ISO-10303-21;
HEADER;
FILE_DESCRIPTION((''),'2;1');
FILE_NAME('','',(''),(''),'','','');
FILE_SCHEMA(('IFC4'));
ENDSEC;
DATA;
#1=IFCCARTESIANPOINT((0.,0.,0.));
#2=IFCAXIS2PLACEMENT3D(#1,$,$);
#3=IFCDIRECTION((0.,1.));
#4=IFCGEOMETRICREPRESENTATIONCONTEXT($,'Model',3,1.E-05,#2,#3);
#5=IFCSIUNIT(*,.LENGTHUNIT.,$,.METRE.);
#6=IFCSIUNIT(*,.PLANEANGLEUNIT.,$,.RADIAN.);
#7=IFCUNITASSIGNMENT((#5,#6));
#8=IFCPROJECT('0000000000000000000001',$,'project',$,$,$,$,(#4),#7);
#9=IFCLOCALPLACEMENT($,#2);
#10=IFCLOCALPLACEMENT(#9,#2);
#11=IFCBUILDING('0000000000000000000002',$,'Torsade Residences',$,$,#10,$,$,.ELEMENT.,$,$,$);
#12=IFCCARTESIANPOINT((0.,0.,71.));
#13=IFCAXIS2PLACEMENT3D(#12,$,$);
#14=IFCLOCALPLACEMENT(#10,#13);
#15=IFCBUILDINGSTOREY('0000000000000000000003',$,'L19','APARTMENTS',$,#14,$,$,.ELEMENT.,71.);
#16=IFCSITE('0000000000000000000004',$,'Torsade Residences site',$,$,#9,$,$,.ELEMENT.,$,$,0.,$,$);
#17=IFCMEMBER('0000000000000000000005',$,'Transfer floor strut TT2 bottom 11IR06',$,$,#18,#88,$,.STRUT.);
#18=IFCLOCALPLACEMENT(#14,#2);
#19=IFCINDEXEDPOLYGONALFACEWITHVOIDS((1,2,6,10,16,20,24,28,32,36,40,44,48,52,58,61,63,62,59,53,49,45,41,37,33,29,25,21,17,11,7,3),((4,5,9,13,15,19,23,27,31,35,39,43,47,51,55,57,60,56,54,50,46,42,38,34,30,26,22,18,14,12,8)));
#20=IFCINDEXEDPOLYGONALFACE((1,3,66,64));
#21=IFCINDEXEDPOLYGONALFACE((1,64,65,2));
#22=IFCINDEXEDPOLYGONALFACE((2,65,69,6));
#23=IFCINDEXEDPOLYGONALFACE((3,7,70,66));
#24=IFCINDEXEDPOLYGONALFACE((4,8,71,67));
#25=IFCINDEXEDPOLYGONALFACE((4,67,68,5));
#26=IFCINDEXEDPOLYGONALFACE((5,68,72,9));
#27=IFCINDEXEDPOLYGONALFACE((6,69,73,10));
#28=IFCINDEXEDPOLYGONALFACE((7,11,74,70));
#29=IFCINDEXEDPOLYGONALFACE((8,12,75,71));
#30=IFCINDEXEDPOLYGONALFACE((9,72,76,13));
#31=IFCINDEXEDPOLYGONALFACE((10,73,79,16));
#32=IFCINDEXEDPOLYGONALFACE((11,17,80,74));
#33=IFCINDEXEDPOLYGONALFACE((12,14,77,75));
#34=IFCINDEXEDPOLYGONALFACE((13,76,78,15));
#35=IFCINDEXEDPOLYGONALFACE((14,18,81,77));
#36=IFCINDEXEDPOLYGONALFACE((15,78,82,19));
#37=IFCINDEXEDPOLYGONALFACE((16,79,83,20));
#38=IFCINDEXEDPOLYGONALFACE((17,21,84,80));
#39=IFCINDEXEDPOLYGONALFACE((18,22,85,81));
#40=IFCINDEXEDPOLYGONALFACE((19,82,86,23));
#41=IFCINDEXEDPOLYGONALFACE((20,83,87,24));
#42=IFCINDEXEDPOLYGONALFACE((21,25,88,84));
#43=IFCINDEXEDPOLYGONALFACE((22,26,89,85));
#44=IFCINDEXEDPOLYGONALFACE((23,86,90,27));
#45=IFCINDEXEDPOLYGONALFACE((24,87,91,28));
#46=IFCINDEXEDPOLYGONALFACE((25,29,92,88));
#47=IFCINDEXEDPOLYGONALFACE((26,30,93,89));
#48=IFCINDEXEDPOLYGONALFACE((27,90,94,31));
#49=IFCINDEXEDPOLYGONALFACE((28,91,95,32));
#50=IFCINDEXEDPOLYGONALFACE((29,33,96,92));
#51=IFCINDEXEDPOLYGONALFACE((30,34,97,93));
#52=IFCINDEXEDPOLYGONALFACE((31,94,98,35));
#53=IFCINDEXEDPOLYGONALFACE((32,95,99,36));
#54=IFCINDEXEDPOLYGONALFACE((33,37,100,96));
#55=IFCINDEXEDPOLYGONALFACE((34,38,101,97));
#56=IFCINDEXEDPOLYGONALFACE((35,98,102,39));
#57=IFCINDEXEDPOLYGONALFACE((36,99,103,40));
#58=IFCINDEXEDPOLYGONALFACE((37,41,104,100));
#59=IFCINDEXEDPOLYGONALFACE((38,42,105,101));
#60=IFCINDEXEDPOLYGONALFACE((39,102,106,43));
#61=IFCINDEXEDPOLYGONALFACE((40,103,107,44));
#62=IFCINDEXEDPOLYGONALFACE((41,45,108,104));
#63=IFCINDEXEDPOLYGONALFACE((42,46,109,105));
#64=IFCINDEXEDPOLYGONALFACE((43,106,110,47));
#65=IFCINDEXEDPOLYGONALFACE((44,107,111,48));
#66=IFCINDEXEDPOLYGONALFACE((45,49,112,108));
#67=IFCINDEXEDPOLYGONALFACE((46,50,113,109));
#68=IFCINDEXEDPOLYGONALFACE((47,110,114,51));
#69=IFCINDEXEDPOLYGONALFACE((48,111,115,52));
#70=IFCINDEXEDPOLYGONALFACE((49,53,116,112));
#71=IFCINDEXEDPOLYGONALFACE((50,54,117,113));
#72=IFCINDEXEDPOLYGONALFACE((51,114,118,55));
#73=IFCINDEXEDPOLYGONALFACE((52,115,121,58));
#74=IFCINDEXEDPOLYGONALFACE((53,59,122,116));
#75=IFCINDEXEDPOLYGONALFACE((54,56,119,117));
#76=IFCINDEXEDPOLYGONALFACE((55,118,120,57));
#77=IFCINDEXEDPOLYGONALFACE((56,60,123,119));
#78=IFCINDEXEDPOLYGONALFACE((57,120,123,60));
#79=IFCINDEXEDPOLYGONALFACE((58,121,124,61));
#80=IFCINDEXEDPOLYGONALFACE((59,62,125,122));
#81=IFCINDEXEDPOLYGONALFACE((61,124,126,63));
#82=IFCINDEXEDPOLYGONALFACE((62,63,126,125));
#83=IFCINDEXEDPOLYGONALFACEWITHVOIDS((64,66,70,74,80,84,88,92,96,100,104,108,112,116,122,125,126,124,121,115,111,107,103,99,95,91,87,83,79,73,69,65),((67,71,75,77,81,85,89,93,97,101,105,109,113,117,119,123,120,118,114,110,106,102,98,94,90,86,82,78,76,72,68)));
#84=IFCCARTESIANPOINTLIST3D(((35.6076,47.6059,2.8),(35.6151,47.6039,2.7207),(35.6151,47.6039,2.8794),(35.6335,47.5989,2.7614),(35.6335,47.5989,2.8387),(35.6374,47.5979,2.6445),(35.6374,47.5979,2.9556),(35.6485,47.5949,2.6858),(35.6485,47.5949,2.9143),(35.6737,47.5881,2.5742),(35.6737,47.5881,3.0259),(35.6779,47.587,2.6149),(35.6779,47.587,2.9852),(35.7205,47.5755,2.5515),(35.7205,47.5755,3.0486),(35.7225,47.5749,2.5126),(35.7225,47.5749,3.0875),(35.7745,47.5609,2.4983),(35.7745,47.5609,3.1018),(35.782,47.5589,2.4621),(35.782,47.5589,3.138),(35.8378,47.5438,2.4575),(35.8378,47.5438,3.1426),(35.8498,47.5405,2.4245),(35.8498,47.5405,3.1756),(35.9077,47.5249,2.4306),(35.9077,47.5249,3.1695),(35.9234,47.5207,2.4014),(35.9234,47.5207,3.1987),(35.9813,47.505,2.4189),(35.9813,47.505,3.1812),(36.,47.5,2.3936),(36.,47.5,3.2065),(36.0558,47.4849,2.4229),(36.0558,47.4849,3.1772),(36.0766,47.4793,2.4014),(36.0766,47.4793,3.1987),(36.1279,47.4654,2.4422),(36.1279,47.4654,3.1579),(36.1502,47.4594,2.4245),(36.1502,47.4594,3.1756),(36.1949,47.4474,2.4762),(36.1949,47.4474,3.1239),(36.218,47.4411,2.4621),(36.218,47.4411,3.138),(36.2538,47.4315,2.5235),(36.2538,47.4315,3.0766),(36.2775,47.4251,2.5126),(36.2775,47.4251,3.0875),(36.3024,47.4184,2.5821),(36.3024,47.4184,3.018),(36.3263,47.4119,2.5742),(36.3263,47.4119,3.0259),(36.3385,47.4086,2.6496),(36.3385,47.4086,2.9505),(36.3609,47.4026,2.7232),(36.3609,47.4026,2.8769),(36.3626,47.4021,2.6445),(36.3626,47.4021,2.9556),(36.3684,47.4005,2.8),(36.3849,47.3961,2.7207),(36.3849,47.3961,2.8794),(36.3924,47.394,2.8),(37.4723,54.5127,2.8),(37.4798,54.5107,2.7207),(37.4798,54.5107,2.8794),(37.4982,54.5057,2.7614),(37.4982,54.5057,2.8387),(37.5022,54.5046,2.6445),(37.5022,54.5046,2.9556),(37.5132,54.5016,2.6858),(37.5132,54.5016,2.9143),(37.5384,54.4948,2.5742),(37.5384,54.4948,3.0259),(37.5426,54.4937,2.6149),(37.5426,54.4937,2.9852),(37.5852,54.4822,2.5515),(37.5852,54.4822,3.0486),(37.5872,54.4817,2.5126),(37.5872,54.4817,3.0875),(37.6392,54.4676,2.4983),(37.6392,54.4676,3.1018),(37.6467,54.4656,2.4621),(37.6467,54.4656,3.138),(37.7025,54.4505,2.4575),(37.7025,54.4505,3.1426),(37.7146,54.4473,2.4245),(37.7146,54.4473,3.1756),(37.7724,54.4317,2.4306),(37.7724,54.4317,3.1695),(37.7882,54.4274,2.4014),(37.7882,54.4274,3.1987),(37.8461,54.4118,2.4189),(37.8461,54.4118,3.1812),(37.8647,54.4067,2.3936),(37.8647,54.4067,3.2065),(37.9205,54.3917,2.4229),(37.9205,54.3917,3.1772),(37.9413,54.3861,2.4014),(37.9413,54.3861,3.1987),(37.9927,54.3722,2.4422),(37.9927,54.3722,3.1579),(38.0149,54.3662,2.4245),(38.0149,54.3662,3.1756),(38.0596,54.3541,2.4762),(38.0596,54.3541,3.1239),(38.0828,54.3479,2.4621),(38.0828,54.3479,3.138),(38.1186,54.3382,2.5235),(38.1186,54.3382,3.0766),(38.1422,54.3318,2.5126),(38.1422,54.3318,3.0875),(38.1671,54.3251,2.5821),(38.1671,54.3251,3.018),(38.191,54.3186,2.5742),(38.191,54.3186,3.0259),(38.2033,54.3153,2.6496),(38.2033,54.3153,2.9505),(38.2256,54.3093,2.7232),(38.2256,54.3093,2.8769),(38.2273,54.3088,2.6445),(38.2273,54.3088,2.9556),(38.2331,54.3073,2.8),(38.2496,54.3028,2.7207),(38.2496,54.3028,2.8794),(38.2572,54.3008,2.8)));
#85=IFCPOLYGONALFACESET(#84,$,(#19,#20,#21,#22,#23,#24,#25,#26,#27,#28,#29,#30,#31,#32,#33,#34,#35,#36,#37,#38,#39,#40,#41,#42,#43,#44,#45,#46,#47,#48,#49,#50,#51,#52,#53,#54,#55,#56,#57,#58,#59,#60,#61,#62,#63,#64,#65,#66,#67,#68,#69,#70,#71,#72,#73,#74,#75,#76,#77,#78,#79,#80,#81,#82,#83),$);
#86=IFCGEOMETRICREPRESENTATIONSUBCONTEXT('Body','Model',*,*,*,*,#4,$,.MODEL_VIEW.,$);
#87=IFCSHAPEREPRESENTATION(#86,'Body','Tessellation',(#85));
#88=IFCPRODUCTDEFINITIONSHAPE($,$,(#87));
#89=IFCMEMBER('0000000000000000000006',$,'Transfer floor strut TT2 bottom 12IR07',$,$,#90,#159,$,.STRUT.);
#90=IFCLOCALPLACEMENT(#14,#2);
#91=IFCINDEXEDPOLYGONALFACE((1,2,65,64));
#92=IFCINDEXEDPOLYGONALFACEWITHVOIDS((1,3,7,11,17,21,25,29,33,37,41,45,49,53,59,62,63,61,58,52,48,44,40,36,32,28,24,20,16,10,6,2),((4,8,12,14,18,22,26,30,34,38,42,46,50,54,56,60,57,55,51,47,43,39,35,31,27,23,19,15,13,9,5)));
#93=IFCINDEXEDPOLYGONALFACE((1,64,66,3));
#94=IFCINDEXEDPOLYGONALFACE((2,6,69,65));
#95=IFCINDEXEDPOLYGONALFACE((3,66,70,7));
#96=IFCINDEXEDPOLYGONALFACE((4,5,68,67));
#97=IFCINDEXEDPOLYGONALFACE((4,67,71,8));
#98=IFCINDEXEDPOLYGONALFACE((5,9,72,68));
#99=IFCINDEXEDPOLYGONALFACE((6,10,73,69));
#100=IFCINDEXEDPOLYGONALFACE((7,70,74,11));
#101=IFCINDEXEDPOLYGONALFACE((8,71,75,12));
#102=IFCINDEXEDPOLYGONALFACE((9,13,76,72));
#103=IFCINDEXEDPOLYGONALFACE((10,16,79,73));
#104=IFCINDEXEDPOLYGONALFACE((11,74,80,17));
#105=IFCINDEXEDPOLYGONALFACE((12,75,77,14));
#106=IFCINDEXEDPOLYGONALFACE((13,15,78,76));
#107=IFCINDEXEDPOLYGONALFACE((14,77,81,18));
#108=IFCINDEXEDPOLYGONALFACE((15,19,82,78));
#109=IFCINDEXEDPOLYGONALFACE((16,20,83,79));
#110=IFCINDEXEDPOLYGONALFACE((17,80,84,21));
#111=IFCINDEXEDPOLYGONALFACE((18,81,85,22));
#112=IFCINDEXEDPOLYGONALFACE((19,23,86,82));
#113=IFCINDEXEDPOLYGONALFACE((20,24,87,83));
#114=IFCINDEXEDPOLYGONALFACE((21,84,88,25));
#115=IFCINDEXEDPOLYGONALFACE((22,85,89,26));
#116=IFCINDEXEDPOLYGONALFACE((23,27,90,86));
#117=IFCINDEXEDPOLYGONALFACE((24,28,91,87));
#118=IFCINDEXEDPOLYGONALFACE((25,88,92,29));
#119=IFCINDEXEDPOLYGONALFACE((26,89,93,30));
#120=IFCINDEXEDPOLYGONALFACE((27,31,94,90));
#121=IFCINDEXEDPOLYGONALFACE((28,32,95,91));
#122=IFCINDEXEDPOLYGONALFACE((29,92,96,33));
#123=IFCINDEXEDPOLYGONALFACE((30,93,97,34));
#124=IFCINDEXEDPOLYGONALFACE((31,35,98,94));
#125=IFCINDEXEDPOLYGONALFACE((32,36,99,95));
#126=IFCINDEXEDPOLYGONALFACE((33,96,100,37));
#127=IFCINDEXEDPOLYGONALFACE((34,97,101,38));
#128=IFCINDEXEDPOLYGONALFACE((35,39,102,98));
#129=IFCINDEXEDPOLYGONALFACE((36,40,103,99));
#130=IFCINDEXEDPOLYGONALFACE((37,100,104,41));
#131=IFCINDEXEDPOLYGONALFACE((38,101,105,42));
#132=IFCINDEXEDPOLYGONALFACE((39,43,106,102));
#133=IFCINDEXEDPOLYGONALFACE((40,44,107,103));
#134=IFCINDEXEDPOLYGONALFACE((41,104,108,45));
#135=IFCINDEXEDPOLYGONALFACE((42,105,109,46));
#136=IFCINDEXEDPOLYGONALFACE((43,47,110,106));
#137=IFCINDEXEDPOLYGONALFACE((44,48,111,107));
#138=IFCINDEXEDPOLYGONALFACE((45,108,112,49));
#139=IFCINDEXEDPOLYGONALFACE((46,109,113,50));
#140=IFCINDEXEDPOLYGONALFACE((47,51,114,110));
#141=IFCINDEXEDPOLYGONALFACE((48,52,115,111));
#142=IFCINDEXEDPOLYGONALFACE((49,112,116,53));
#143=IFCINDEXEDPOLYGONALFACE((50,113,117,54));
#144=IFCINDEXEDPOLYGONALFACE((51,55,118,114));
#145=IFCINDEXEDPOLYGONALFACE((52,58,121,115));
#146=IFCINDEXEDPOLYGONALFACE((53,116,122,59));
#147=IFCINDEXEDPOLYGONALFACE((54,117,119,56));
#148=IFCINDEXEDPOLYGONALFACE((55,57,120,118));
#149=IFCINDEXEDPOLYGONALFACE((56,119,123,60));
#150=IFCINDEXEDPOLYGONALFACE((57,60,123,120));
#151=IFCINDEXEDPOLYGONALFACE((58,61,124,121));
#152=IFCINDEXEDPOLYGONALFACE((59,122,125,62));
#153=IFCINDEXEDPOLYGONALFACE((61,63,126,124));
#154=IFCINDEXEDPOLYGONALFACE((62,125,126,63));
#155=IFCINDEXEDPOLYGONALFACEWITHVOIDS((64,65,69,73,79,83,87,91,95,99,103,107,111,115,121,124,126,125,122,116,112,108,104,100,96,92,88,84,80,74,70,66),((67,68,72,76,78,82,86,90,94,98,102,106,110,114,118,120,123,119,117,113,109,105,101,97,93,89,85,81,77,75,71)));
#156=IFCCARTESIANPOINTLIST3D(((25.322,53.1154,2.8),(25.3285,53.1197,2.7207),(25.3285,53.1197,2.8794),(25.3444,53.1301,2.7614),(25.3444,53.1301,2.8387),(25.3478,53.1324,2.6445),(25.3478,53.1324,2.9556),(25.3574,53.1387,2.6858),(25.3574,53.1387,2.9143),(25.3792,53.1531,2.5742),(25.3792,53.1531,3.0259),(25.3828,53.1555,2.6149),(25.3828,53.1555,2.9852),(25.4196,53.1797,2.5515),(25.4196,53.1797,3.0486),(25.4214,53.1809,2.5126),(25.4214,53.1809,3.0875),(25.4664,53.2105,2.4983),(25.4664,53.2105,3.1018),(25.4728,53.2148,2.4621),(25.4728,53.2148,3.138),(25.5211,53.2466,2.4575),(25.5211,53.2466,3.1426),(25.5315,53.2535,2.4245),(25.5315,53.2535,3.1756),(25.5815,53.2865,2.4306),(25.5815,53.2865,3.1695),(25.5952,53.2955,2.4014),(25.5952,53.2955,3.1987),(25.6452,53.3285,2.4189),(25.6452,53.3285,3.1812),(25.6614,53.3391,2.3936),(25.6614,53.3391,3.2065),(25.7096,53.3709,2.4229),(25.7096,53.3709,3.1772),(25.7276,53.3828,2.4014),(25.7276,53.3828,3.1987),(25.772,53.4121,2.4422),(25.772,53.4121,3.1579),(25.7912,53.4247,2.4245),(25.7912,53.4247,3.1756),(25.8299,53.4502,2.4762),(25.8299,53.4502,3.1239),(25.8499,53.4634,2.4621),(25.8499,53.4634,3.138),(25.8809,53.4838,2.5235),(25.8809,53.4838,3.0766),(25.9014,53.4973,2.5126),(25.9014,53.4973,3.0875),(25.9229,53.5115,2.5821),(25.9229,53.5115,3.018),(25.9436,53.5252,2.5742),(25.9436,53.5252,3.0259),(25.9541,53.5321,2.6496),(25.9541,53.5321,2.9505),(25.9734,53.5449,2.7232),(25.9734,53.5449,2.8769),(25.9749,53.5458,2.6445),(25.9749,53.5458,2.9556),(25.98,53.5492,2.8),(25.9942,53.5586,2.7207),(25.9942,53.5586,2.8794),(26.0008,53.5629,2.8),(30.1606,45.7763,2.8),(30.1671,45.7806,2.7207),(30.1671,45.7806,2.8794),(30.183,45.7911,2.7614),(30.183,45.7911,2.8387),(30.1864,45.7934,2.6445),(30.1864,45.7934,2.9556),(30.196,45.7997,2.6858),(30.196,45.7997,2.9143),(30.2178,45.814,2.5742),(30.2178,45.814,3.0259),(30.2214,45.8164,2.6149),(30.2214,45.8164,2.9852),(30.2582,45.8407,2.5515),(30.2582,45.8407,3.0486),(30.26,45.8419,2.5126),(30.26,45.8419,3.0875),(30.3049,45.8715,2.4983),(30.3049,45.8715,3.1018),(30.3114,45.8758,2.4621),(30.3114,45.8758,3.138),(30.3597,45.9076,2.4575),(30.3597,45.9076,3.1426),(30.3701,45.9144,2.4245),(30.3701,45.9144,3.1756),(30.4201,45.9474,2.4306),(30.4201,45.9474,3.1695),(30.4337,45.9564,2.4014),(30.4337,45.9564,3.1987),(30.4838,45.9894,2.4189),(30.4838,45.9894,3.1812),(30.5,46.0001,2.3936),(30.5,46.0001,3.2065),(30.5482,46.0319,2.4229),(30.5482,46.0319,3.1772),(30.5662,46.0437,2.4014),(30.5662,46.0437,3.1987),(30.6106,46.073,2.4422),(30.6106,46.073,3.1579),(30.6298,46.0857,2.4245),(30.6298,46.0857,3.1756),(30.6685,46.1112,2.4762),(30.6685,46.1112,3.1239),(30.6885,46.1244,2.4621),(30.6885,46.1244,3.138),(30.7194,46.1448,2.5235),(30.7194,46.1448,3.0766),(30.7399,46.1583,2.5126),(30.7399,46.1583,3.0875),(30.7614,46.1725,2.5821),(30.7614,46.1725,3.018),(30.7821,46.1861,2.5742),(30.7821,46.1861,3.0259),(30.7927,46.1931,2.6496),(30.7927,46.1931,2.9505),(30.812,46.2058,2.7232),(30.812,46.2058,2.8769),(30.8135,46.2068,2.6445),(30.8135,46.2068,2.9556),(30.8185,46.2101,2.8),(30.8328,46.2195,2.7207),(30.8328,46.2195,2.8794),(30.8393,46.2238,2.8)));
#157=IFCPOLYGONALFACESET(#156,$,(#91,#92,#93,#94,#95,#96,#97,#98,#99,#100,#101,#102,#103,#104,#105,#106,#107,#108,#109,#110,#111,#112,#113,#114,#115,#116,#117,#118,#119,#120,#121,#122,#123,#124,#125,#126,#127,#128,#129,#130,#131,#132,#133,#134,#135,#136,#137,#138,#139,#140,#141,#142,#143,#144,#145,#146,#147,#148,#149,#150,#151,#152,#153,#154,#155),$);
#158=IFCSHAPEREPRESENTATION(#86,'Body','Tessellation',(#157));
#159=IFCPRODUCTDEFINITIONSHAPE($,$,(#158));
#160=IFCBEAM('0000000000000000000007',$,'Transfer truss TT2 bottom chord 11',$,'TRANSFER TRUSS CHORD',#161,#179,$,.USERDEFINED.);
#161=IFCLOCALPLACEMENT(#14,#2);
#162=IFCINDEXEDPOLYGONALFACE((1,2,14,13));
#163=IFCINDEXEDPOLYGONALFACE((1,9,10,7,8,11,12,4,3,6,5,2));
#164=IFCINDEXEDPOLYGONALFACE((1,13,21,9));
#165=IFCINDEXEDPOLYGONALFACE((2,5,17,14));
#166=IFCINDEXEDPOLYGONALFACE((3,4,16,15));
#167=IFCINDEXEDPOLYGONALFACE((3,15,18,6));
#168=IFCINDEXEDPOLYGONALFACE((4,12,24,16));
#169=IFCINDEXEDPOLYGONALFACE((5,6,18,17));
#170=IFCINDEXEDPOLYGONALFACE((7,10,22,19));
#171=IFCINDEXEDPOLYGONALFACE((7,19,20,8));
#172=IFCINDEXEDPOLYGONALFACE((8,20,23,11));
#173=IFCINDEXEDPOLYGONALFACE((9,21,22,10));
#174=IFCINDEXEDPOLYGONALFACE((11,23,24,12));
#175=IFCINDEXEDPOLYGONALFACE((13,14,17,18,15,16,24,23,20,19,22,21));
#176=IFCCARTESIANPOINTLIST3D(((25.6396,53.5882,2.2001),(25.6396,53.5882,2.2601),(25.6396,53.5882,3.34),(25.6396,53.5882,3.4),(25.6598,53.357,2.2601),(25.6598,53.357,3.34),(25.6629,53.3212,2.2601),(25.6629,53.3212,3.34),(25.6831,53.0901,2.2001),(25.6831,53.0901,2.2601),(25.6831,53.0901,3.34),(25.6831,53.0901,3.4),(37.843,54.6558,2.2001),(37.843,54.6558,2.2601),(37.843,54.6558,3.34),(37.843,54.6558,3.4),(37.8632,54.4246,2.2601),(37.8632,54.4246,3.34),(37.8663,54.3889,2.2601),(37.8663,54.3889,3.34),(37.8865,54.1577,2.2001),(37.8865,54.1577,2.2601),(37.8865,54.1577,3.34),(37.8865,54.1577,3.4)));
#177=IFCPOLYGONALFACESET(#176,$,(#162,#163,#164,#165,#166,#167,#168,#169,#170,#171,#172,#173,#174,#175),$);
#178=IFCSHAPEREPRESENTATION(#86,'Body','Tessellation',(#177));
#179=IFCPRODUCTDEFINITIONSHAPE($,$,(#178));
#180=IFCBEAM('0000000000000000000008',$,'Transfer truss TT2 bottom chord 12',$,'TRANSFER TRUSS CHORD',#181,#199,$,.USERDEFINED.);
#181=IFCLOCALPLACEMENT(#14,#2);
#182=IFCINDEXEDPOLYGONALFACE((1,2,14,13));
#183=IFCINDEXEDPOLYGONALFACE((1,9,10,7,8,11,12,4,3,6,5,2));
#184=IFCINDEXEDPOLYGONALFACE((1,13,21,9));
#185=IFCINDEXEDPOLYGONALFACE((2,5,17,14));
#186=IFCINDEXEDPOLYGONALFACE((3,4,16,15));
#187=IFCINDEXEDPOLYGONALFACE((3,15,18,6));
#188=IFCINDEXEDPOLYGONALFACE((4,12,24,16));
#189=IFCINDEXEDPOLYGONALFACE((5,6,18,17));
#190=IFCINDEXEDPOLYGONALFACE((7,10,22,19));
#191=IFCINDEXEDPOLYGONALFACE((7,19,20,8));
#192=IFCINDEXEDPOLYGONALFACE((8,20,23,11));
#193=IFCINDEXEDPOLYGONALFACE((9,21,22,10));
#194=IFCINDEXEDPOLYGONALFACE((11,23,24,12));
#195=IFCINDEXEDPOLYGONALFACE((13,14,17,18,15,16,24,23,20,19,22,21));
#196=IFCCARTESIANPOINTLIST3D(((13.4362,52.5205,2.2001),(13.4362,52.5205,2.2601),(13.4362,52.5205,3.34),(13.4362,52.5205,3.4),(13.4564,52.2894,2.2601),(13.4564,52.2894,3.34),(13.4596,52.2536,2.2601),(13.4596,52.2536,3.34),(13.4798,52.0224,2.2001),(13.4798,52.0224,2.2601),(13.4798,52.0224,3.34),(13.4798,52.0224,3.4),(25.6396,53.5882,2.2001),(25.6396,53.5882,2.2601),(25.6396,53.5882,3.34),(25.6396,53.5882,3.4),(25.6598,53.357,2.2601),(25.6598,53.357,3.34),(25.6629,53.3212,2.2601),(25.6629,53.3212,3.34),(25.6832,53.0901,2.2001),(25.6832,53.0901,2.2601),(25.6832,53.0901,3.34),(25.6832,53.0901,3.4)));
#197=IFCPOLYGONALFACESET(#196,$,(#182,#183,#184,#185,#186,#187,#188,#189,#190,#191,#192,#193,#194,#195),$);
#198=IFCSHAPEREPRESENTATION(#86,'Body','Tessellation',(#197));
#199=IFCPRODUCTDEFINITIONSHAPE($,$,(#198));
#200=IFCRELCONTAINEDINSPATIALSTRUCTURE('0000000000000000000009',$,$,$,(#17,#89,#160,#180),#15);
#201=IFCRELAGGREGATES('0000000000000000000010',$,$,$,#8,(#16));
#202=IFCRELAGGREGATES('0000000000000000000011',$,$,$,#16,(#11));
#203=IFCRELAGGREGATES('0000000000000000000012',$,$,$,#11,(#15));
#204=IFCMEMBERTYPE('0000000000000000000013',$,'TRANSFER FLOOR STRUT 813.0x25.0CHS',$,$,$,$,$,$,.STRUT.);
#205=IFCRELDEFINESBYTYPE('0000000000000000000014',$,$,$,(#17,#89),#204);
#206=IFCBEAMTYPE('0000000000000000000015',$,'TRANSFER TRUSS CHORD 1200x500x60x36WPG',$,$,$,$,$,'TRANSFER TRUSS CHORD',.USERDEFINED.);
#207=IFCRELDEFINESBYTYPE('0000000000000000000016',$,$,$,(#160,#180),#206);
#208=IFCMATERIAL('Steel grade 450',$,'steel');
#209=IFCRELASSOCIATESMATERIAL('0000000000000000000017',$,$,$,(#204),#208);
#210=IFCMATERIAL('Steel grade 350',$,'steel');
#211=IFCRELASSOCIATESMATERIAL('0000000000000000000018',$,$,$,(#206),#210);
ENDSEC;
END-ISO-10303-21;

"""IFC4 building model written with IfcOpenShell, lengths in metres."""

from ifc_helpers import new_model, si_unit, direction, frame, origin, origin_2d, place, context, subcontext, project, spatial, hollow_circle, i_section, extrude, material, material_profile, profile_set, type_object, element, save


model = new_model("IFC4")

# Units and contexts
model_context = context("Model", 3, precision=1e-05, world=origin(), true_north=direction((0.0, 1.0)))
body_context = subcontext(model_context, "Body", "Model", "MODEL_VIEW")
ifc_project = project(units=[si_unit("LENGTHUNIT", "METRE"), si_unit("PLANEANGLEUNIT", "RADIAN")], contexts=[model_context])

# Site, building, storey
site_placement = place(None, origin())
site = spatial("IfcSite", under=ifc_project, at=site_placement, Name="Torsade Residences site", CompositionType="ELEMENT", RefElevation=0.0)
building_placement = place(site_placement, origin())
building = spatial("IfcBuilding", under=site, at=building_placement, Name="Torsade Residences", CompositionType="ELEMENT")
storey_placement = place(building_placement, frame((0.0, 0.0, 71.0)))
storey = spatial("IfcBuildingStorey", under=building, at=storey_placement, Name="L19", Description="APARTMENTS", CompositionType="ELEMENT", Elevation=71.0)

# Members
ifc_material_1 = material(Name="Steel grade 450", Category="steel")
ifc_material_profile_1 = material_profile(ifc_material_1, hollow_circle(Radius=0.4065, WallThickness=0.0249, at=origin_2d()), Name="813.0x25.0CHS")
ifc_profile_set_1 = profile_set([ifc_material_profile_1], Name="Steel grade 450")
member_type_1 = type_object("IfcMemberType", Name="TRANSFER FLOOR STRUT 813.0x25.0CHS", PredefinedType="STRUT", material=ifc_profile_set_1)
member_1_placement = place(storey_placement, frame((37.8647, 54.4067, 2.8), z_axis=(-0.260656, -0.965432, 0.0), x_axis=(0.965432, -0.260656, 0.0)))
element("IfcMember", 1, at=member_1_placement, inside=storey, type_object=member_type_1, Name="Transfer floor strut TT2 bottom 11IR06", PredefinedType="STRUT", context=body_context, shape_type="SweptSolid", body=[
    extrude(hollow_circle(Radius=0.4065, WallThickness=0.0249, at=origin_2d()), origin(), (0.0, 0.0, 1.0), 7.1541),
])
member_2_placement = place(storey_placement, frame((25.6614, 53.3391, 2.8), z_axis=(0.550431, -0.834881, 0.0), x_axis=(0.834881, 0.550431, 0.0)))
element("IfcMember", 2, at=member_2_placement, inside=storey, type_object=member_type_1, Name="Transfer floor strut TT2 bottom 12IR07", PredefinedType="STRUT", context=body_context, shape_type="SweptSolid", body=[
    extrude(hollow_circle(Radius=0.4065, WallThickness=0.0249, at=origin_2d()), origin(), (0.0, 0.0, 1.0), 8.7905),
])

# Beams
ifc_material_2 = material(Name="Steel grade 350", Category="steel")
ifc_material_profile_2 = material_profile(ifc_material_2, i_section(OverallWidth=0.5, OverallDepth=1.2, WebThickness=0.0359, FlangeThickness=0.0601, at=origin_2d()), Name="1200x500x60x36WPG")
ifc_profile_set_2 = profile_set([ifc_material_profile_2], Name="Steel grade 350")
beam_type_1 = type_object("IfcBeamType", Name="TRANSFER TRUSS CHORD 1200x500x60x36WPG", ElementType="TRANSFER TRUSS CHORD", PredefinedType="USERDEFINED", material=ifc_profile_set_2)
for number, where, z_axis, x_axis, name in (
    (3, (37.8647, 54.4067, 2.8), (-0.996195, -0.087153, 0.0), (0.087153, -0.996195, 0.0), "Transfer truss TT2 bottom chord 11"),
    (4, (25.6614, 53.3391, 2.8), (-0.996195, -0.087153, 0.0), (0.087153, -0.996195, 0.0), "Transfer truss TT2 bottom chord 12"),
):
    element("IfcBeam", number, at=place(storey_placement, frame(where, z_axis=z_axis, x_axis=x_axis)), inside=storey, type_object=beam_type_1, Name=name, ObjectType="TRANSFER TRUSS CHORD", PredefinedType="USERDEFINED", context=body_context, shape_type="SweptSolid", body=[
        extrude(i_section(OverallWidth=0.5, OverallDepth=1.2, WebThickness=0.0359, FlangeThickness=0.0601, at=origin_2d()), origin(), (0.0, 0.0, 1.0), 12.25),
    ])

save(model, "model.ifc")
